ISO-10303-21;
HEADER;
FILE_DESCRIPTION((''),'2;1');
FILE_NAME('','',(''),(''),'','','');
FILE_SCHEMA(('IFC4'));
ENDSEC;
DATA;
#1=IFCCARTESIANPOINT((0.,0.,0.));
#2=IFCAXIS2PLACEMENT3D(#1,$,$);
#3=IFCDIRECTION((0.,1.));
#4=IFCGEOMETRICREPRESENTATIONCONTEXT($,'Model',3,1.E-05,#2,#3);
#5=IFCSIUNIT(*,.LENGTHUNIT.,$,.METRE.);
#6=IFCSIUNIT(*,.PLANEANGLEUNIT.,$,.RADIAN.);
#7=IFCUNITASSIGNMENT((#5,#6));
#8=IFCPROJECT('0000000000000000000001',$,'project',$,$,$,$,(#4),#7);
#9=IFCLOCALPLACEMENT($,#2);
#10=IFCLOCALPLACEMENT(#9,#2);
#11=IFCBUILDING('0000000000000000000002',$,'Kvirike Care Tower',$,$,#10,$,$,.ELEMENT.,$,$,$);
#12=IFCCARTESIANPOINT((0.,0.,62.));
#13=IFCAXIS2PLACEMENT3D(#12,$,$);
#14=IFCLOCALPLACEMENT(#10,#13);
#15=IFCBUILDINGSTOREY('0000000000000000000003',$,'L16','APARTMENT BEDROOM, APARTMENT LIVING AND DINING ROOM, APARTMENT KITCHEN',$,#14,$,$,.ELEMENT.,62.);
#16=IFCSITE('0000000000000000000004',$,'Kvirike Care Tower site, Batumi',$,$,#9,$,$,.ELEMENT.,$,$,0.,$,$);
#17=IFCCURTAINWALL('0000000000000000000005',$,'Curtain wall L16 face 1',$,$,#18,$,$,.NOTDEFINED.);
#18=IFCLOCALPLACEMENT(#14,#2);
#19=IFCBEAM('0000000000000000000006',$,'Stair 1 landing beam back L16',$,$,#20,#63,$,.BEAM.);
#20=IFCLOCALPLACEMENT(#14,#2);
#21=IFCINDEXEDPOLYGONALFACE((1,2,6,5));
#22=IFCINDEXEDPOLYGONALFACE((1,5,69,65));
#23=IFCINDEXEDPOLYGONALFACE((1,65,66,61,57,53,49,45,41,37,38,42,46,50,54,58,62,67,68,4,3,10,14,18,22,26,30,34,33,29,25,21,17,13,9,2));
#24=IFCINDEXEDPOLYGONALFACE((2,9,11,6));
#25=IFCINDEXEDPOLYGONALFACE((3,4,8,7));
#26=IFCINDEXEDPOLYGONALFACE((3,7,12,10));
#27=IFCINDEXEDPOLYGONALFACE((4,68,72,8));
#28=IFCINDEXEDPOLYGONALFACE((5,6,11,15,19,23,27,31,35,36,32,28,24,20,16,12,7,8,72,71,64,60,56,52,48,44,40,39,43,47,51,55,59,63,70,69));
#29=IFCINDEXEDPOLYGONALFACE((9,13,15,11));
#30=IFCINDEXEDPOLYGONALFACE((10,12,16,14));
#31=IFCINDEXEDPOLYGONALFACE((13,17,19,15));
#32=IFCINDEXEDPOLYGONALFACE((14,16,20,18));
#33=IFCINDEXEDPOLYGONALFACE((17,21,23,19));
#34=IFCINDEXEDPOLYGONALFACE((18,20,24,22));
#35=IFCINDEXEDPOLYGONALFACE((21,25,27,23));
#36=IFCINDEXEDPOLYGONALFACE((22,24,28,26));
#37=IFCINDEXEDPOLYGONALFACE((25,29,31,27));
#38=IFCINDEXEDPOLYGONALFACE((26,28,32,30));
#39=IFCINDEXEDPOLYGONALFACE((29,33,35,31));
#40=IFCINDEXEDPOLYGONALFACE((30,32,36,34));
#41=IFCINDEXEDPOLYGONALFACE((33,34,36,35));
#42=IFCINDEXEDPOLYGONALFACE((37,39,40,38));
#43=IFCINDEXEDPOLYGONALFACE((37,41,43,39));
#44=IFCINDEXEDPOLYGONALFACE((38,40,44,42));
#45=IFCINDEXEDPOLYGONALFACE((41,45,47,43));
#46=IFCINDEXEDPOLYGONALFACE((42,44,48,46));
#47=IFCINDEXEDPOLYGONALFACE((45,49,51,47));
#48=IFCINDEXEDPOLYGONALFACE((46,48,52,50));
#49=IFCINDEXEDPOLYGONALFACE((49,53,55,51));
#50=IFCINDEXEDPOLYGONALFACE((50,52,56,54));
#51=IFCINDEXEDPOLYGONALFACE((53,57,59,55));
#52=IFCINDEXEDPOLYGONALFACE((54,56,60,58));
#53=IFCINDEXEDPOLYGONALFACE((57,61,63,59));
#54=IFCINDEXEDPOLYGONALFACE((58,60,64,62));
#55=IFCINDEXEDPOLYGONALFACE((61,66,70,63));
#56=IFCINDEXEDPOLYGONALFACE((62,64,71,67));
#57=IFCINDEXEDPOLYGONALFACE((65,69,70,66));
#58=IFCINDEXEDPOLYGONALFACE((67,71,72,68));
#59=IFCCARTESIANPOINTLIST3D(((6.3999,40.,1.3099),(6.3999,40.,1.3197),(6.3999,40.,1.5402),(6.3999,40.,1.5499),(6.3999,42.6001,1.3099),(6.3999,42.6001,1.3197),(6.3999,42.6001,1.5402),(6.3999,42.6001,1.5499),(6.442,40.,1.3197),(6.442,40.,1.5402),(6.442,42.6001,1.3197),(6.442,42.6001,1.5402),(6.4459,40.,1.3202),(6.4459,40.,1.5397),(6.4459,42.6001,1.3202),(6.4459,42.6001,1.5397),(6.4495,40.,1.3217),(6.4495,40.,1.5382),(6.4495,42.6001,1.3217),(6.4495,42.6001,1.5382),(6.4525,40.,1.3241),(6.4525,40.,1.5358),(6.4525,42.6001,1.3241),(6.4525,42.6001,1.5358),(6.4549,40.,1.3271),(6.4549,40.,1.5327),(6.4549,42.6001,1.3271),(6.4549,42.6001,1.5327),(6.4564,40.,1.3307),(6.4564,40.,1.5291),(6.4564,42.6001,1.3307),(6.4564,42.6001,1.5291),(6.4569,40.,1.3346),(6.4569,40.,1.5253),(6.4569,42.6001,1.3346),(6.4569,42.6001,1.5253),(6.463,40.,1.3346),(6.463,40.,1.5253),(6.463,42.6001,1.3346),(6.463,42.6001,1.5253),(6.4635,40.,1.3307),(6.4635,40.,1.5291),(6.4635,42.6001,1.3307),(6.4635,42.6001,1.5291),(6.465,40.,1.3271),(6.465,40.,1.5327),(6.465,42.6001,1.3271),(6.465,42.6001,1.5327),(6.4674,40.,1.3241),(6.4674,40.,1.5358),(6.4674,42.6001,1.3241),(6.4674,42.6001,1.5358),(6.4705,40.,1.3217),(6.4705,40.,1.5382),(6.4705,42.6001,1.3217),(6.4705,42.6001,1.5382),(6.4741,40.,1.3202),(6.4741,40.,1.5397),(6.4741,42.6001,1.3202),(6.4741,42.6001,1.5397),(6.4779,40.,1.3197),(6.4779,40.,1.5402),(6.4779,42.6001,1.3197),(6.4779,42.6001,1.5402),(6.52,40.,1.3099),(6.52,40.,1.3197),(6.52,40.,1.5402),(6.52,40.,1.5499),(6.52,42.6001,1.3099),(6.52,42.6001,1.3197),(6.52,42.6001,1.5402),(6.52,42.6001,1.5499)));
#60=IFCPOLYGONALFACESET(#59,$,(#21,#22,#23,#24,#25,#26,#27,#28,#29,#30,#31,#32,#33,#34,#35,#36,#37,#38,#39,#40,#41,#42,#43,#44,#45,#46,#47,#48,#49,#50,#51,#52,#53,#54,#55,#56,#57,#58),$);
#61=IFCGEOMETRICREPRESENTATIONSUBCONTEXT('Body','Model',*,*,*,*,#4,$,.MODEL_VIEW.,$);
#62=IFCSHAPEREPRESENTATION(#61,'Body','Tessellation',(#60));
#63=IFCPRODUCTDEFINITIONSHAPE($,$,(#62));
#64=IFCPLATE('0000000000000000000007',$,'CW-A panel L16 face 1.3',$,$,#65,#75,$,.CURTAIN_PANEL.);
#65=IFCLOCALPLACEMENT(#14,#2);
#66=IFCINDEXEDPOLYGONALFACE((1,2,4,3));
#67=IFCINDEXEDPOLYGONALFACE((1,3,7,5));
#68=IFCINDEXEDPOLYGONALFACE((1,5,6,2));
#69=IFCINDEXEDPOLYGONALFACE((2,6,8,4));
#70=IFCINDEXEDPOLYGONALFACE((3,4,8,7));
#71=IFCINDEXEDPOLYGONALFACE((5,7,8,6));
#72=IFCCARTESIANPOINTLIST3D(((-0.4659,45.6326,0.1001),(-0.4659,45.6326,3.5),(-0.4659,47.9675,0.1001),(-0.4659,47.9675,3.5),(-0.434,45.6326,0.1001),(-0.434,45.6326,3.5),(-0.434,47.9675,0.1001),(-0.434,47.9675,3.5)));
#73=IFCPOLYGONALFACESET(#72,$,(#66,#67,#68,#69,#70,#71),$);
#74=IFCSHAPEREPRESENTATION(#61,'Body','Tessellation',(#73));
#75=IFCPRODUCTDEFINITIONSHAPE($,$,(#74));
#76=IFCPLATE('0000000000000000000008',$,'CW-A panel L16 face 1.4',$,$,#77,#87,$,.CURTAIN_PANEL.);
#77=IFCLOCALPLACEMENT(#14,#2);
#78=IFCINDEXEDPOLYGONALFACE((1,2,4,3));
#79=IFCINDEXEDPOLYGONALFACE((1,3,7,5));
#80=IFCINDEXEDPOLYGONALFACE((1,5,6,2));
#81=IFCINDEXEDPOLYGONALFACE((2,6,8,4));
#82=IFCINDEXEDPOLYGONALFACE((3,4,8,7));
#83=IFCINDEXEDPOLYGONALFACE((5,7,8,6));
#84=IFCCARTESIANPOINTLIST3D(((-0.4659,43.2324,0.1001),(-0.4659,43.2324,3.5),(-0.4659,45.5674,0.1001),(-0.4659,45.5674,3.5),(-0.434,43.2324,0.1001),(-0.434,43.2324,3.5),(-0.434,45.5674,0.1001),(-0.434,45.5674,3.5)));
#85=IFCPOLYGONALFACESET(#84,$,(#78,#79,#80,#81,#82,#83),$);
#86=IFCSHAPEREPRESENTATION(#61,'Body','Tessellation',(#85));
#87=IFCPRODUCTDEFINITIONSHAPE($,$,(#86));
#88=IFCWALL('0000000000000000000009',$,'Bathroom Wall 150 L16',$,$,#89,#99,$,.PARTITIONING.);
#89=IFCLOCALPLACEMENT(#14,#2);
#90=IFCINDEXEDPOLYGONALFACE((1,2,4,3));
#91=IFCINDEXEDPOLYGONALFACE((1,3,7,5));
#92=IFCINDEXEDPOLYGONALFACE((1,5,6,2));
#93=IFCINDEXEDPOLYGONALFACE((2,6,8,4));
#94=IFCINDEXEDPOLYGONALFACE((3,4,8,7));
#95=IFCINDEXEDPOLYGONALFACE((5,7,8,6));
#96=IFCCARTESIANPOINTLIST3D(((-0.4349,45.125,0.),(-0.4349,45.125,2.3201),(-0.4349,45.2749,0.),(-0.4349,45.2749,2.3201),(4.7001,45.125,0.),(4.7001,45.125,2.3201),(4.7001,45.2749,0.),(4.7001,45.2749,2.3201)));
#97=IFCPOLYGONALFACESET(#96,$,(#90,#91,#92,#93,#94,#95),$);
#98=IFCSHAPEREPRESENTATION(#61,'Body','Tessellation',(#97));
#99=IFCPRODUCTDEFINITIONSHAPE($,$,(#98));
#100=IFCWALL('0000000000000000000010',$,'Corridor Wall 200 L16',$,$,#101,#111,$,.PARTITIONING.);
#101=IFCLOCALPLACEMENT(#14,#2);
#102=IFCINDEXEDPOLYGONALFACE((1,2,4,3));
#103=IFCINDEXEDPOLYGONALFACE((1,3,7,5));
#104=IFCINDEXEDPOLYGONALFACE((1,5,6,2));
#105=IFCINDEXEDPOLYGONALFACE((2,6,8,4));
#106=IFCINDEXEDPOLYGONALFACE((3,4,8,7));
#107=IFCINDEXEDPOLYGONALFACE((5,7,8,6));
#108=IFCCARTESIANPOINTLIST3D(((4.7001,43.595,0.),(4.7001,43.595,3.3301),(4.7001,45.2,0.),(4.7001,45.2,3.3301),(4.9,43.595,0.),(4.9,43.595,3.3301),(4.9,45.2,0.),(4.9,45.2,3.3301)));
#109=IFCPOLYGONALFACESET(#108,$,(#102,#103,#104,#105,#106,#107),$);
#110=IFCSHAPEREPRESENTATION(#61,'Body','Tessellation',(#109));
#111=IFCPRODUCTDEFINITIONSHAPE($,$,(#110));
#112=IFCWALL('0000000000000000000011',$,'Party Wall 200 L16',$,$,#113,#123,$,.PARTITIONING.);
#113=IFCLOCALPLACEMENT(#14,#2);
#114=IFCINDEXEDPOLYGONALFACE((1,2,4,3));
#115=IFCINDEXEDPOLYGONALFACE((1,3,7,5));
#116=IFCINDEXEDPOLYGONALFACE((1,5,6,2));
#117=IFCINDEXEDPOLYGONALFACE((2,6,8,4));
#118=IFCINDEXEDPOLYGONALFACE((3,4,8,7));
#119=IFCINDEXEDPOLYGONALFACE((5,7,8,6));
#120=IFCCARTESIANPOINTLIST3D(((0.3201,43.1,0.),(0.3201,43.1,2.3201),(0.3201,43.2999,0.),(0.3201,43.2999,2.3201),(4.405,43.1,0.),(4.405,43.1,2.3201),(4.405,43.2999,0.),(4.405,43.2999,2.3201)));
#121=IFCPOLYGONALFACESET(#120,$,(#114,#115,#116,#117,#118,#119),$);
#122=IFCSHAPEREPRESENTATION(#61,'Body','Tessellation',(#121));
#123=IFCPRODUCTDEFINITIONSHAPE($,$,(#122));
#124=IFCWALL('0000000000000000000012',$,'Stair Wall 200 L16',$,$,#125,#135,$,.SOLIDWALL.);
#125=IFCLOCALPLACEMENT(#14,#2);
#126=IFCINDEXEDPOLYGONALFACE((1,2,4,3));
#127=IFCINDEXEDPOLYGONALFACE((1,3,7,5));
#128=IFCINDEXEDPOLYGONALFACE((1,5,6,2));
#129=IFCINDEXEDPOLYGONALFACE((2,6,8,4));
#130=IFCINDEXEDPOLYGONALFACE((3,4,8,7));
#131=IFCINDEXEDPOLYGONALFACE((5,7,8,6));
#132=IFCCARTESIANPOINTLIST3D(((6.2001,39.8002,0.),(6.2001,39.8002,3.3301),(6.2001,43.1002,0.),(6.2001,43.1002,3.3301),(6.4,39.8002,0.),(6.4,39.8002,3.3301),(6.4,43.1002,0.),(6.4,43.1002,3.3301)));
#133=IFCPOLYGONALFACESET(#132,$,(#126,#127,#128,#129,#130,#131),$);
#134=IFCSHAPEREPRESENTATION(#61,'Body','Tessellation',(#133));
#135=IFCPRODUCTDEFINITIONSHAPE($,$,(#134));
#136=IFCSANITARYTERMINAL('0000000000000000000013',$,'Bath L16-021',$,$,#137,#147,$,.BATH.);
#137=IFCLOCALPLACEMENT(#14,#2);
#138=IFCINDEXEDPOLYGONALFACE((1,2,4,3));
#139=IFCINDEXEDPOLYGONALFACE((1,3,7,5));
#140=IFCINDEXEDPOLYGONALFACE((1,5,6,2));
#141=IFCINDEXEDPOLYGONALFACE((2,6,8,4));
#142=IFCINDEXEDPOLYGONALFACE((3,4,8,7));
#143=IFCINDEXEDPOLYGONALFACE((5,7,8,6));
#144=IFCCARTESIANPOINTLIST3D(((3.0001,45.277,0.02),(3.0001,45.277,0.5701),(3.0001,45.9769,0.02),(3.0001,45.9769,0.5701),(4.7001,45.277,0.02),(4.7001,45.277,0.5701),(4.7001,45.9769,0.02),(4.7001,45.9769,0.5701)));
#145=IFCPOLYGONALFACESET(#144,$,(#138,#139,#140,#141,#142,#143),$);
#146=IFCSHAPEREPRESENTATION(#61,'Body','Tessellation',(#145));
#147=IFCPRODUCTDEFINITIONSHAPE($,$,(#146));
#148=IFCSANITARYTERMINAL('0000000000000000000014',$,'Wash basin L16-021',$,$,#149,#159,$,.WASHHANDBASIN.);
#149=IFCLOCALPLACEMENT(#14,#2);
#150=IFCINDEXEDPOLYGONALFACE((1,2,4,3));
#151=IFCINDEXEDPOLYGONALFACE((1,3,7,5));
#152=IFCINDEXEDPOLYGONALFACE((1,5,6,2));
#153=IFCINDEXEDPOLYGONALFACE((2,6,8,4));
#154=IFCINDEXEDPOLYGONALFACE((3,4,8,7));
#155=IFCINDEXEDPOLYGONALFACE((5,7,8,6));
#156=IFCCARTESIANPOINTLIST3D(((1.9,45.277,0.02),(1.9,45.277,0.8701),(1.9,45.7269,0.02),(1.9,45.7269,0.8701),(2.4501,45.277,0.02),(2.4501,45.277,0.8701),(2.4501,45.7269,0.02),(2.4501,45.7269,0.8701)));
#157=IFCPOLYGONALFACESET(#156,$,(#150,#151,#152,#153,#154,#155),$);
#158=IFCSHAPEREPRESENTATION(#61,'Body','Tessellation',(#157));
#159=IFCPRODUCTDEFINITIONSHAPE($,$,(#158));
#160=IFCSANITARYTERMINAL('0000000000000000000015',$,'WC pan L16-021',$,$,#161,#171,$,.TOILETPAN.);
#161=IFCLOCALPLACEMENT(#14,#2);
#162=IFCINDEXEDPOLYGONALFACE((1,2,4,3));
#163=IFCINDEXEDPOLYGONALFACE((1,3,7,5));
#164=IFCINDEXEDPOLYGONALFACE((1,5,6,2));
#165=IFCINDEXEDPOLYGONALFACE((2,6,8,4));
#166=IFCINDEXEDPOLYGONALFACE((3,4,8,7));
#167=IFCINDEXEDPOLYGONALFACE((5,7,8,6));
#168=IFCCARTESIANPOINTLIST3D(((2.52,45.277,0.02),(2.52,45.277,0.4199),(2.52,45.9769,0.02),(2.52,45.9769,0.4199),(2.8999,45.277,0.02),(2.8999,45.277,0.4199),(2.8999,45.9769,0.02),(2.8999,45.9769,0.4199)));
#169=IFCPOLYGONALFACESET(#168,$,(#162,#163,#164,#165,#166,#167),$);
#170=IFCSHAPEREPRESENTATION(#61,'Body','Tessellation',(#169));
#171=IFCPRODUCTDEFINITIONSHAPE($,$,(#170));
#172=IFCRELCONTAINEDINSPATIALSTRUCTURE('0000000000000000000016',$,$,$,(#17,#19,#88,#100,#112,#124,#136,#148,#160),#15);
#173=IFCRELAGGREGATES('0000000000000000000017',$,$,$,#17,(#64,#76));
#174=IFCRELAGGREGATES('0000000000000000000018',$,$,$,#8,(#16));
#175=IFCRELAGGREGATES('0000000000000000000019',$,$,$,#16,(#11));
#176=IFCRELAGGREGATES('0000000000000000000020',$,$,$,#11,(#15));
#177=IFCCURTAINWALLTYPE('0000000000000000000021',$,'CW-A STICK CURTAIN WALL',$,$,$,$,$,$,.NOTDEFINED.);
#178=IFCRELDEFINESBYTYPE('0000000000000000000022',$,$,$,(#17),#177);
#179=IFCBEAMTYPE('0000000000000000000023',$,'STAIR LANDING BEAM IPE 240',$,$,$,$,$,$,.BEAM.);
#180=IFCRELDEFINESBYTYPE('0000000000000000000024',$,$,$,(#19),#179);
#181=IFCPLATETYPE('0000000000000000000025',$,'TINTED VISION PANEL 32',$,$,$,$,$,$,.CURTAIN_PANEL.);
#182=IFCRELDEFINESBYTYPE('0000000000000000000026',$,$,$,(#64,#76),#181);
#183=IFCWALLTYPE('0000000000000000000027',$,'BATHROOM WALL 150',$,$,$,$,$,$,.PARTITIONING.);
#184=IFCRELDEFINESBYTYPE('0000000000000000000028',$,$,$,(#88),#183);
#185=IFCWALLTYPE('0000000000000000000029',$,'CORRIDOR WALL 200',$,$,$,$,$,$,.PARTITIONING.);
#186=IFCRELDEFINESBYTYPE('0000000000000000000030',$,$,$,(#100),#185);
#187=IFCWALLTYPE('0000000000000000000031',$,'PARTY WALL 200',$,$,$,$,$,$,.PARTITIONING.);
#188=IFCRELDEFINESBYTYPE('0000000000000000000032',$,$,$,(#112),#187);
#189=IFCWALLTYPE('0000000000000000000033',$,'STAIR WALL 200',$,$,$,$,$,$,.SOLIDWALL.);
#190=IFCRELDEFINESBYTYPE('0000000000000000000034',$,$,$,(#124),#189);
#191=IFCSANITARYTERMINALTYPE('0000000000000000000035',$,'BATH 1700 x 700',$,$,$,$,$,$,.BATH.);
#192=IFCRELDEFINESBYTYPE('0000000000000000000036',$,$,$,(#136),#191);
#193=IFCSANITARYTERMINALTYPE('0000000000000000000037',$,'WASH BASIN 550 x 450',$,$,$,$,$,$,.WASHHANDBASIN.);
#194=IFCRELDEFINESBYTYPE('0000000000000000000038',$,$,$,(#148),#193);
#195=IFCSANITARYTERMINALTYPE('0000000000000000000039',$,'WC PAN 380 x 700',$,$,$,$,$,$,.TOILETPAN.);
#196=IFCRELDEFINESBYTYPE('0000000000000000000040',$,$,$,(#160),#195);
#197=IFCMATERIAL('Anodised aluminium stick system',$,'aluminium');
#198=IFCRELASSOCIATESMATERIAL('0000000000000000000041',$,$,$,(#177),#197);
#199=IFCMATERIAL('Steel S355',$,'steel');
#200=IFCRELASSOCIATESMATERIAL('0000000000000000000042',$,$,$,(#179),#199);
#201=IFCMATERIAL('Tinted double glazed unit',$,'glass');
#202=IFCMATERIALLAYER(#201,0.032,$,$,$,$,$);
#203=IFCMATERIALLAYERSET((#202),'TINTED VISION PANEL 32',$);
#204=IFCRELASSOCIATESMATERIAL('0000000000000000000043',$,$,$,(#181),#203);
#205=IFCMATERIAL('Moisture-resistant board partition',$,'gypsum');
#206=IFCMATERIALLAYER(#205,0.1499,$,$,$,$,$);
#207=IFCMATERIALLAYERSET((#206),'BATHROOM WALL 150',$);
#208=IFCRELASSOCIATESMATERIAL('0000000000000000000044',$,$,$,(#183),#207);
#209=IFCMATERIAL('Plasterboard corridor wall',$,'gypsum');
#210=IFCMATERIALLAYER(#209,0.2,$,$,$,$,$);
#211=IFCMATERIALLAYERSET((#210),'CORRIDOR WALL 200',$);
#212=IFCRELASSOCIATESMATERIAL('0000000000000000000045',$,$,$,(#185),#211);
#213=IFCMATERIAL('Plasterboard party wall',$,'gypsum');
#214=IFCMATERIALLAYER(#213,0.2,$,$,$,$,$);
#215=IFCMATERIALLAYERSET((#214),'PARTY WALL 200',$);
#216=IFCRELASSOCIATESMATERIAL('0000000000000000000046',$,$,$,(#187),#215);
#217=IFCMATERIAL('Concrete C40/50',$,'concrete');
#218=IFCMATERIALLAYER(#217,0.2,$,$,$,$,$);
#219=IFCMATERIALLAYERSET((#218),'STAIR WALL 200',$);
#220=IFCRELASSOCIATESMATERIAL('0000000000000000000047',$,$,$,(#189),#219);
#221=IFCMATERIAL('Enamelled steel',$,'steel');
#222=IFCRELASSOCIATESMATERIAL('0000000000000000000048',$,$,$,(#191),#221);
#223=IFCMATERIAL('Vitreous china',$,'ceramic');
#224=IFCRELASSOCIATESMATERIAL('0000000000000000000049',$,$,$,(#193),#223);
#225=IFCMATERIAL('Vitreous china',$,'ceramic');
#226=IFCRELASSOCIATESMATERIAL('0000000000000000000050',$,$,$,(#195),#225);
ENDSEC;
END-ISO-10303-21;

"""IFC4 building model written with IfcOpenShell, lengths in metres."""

from ifc_helpers import new_model, si_unit, direction, frame, frame_2d, origin, origin_2d, place, context, subcontext, project, spatial, rectangle, i_section, extrude, material, layer, layer_set, material_profile, profile_set, type_object, element, aggregate, save


model = new_model("IFC4")

# Units and contexts
model_context = context("Model", 3, precision=1e-05, world=origin(), true_north=direction((0.0, 1.0)))
body_context = subcontext(model_context, "Body", "Model", "MODEL_VIEW")
ifc_project = project(units=[si_unit("LENGTHUNIT", "METRE"), si_unit("PLANEANGLEUNIT", "RADIAN")], contexts=[model_context])

# Site, building, storey
site_placement = place(None, origin())
site = spatial("IfcSite", under=ifc_project, at=site_placement, Name="Kvirike Care Tower site, Batumi", CompositionType="ELEMENT", RefElevation=0.0)
building_placement = place(site_placement, origin())
building = spatial("IfcBuilding", under=site, at=building_placement, Name="Kvirike Care Tower", CompositionType="ELEMENT")
storey_placement = place(building_placement, frame((0.0, 0.0, 62.0)))
storey = spatial("IfcBuildingStorey", under=building, at=storey_placement, Name="L16", Description="APARTMENT BEDROOM, APARTMENT LIVING AND DINING ROOM, APARTMENT KITCHEN", CompositionType="ELEMENT", Elevation=62.0)

# Curtain wall
ifc_material_1 = material(Name="Anodised aluminium stick system", Category="aluminium")
curtain_wall_type = type_object("IfcCurtainWallType", Name="CW-A STICK CURTAIN WALL", PredefinedType="NOTDEFINED", material=ifc_material_1)
curtain_wall_placement = place(storey_placement, origin())
curtain_wall = element("IfcCurtainWall", 1, at=curtain_wall_placement, inside=storey, type_object=curtain_wall_type, Name="Curtain wall L16 face 1", PredefinedType="NOTDEFINED")

# Beam
ifc_material_2 = material(Name="Steel S355", Category="steel")
ifc_material_profile_1 = material_profile(ifc_material_2, i_section(OverallWidth=0.1201, OverallDepth=0.24, WebThickness=0.0061, FlangeThickness=0.0098, FilletRadius=0.0149, at=origin_2d()), Name="IPE 240")
ifc_profile_set_1 = profile_set([ifc_material_profile_1], Name="Steel S355")
beam_type_1 = type_object("IfcBeamType", Name="STAIR LANDING BEAM IPE 240", PredefinedType="BEAM", material=ifc_profile_set_1)
beam_1_placement = place(storey_placement, frame((6.46, 42.6001, 1.4299), z_axis=(0.0, -1.0, 0.0), x_axis=(1.0, 0.0, 0.0)))
element("IfcBeam", 2, at=beam_1_placement, inside=storey, type_object=beam_type_1, Name="Stair 1 landing beam back L16", PredefinedType="BEAM", context=body_context, shape_type="SweptSolid", body=[
    extrude(i_section(OverallWidth=0.1201, OverallDepth=0.24, WebThickness=0.0061, FlangeThickness=0.0098, FilletRadius=0.0149, at=origin_2d()), origin(), (0.0, 0.0, 1.0), 2.6001),
])

# Plates
ifc_material_3 = material(Name="Tinted double glazed unit", Category="glass")
ifc_layer_1 = layer(ifc_material_3, 0.032)
ifc_layer_set_1 = layer_set([ifc_layer_1], Name="TINTED VISION PANEL 32")
plate_type = type_object("IfcPlateType", Name="TINTED VISION PANEL 32", PredefinedType="CURTAIN_PANEL", material=ifc_layer_set_1)
plate_1_placement = place(storey_placement, frame((-0.45, 46.8, 0.1001), z_axis=(0.0, 0.0, 1.0), x_axis=(0.0, -1.0, 0.0)))
plate_1 = element("IfcPlate", 3, at=plate_1_placement, type_object=plate_type, Name="CW-A panel L16 face 1.3", PredefinedType="CURTAIN_PANEL", context=body_context, shape_type="SweptSolid", body=[
    extrude(rectangle(XDim=2.335, YDim=0.032, at=origin_2d()), origin(), (0.0, 0.0, 1.0), 3.3999),
])
plate_2_placement = place(storey_placement, frame((-0.45, 44.3999, 0.1001), z_axis=(0.0, 0.0, 1.0), x_axis=(0.0, -1.0, 0.0)))
plate_2 = element("IfcPlate", 4, at=plate_2_placement, type_object=plate_type, Name="CW-A panel L16 face 1.4", PredefinedType="CURTAIN_PANEL", context=body_context, shape_type="SweptSolid", body=[
    extrude(rectangle(XDim=2.335, YDim=0.032, at=origin_2d()), origin(), (0.0, 0.0, 1.0), 3.3999),
])
aggregate(curtain_wall, [plate_1, plate_2])

# Walls
ifc_material_4 = material(Name="Moisture-resistant board partition", Category="gypsum")
ifc_layer_2 = layer(ifc_material_4, 0.1499)
ifc_layer_set_2 = layer_set([ifc_layer_2], Name="BATHROOM WALL 150")
wall_type_1 = type_object("IfcWallType", Name="BATHROOM WALL 150", PredefinedType="PARTITIONING", material=ifc_layer_set_2)
wall_1_placement = place(storey_placement, frame((4.7, 45.2, 0.0), z_axis=(0.0, 0.0, 1.0), x_axis=(-1.0, 0.0, 0.0)))
element("IfcWall", 5, at=wall_1_placement, inside=storey, type_object=wall_type_1, Name="Bathroom Wall 150 L16", PredefinedType="PARTITIONING", context=body_context, shape_type="SweptSolid", body=[
    extrude(rectangle(XDim=5.135, YDim=0.1499, at=frame_2d((2.5674, 0.0))), origin(), (0.0, 0.0, 1.0), 2.3201),
])
ifc_material_5 = material(Name="Plasterboard corridor wall", Category="gypsum")
ifc_layer_3 = layer(ifc_material_5, 0.2)
ifc_layer_set_3 = layer_set([ifc_layer_3], Name="CORRIDOR WALL 200")
wall_type_2 = type_object("IfcWallType", Name="CORRIDOR WALL 200", PredefinedType="PARTITIONING", material=ifc_layer_set_3)
wall_2_placement = place(storey_placement, frame((4.8, 45.2, 0.0), z_axis=(0.0, 0.0, 1.0), x_axis=(0.0, -1.0, 0.0)))
element("IfcWall", 6, at=wall_2_placement, inside=storey, type_object=wall_type_2, Name="Corridor Wall 200 L16", PredefinedType="PARTITIONING", context=body_context, shape_type="SweptSolid", body=[
    extrude(rectangle(XDim=1.605, YDim=0.2, at=frame_2d((0.8025, 0.0))), origin(), (0.0, 0.0, 1.0), 3.3301),
])
ifc_material_6 = material(Name="Plasterboard party wall", Category="gypsum")
ifc_layer_4 = layer(ifc_material_6, 0.2)
ifc_layer_set_4 = layer_set([ifc_layer_4], Name="PARTY WALL 200")
wall_type_3 = type_object("IfcWallType", Name="PARTY WALL 200", PredefinedType="PARTITIONING", material=ifc_layer_set_4)
wall_3_placement = place(storey_placement, frame((4.405, 43.2, 0.0), z_axis=(0.0, 0.0, 1.0), x_axis=(-1.0, 0.0, 0.0)))
element("IfcWall", 7, at=wall_3_placement, inside=storey, type_object=wall_type_3, Name="Party Wall 200 L16", PredefinedType="PARTITIONING", context=body_context, shape_type="SweptSolid", body=[
    extrude(rectangle(XDim=4.085, YDim=0.2, at=frame_2d((2.0425, 0.0))), origin(), (0.0, 0.0, 1.0), 2.3201),
])
ifc_material_7 = material(Name="Concrete C40/50", Category="concrete")
ifc_layer_5 = layer(ifc_material_7, 0.2)
ifc_layer_set_5 = layer_set([ifc_layer_5], Name="STAIR WALL 200")
wall_type_4 = type_object("IfcWallType", Name="STAIR WALL 200", PredefinedType="SOLIDWALL", material=ifc_layer_set_5)
wall_4_placement = place(storey_placement, frame((6.3, 43.1001, 0.0), z_axis=(0.0, 0.0, 1.0), x_axis=(0.0, -1.0, 0.0)))
element("IfcWall", 8, at=wall_4_placement, inside=storey, type_object=wall_type_4, Name="Stair Wall 200 L16", PredefinedType="SOLIDWALL", context=body_context, shape_type="SweptSolid", body=[
    extrude(rectangle(XDim=3.3, YDim=0.2, at=frame_2d((1.6499, 0.0))), origin(), (0.0, 0.0, 1.0), 3.3301),
])

# Sanitary terminals
ifc_material_8 = material(Name="Enamelled steel", Category="steel")
sanitary_terminal_type_1 = type_object("IfcSanitaryTerminalType", Name="BATH 1700 x 700", PredefinedType="BATH", material=ifc_material_8)
sanitary_terminal_1_placement = place(storey_placement, frame((3.8501, 45.627, 0.02), z_axis=(0.0, 0.0, 1.0), x_axis=(-1.0, 0.0, 0.0)))
element("IfcSanitaryTerminal", 9, at=sanitary_terminal_1_placement, inside=storey, type_object=sanitary_terminal_type_1, Name="Bath L16-021", PredefinedType="BATH", context=body_context, shape_type="SweptSolid", body=[
    extrude(rectangle(XDim=1.7, YDim=0.7, at=origin_2d()), origin(), (0.0, 0.0, 1.0), 0.55),
])
ifc_material_9 = material(Name="Vitreous china", Category="ceramic")
sanitary_terminal_type_2 = type_object("IfcSanitaryTerminalType", Name="WASH BASIN 550 x 450", PredefinedType="WASHHANDBASIN", material=ifc_material_9)
sanitary_terminal_2_placement = place(storey_placement, frame((2.175, 45.502, 0.02), z_axis=(0.0, 0.0, 1.0), x_axis=(-1.0, 0.0, 0.0)))
element("IfcSanitaryTerminal", 10, at=sanitary_terminal_2_placement, inside=storey, type_object=sanitary_terminal_type_2, Name="Wash basin L16-021", PredefinedType="WASHHANDBASIN", context=body_context, shape_type="SweptSolid", body=[
    extrude(rectangle(XDim=0.55, YDim=0.45, at=origin_2d()), origin(), (0.0, 0.0, 1.0), 0.8501),
])
ifc_material_10 = material(Name="Vitreous china", Category="ceramic")
sanitary_terminal_type_3 = type_object("IfcSanitaryTerminalType", Name="WC PAN 380 x 700", PredefinedType="TOILETPAN", material=ifc_material_10)
sanitary_terminal_3_placement = place(storey_placement, frame((2.71, 45.627, 0.02), z_axis=(0.0, 0.0, 1.0), x_axis=(-1.0, 0.0, 0.0)))
element("IfcSanitaryTerminal", 11, at=sanitary_terminal_3_placement, inside=storey, type_object=sanitary_terminal_type_3, Name="WC pan L16-021", PredefinedType="TOILETPAN", context=body_context, shape_type="SweptSolid", body=[
    extrude(rectangle(XDim=0.3799, YDim=0.7, at=origin_2d()), origin(), (0.0, 0.0, 1.0), 0.3999),
])

save(model, "model.ifc")
